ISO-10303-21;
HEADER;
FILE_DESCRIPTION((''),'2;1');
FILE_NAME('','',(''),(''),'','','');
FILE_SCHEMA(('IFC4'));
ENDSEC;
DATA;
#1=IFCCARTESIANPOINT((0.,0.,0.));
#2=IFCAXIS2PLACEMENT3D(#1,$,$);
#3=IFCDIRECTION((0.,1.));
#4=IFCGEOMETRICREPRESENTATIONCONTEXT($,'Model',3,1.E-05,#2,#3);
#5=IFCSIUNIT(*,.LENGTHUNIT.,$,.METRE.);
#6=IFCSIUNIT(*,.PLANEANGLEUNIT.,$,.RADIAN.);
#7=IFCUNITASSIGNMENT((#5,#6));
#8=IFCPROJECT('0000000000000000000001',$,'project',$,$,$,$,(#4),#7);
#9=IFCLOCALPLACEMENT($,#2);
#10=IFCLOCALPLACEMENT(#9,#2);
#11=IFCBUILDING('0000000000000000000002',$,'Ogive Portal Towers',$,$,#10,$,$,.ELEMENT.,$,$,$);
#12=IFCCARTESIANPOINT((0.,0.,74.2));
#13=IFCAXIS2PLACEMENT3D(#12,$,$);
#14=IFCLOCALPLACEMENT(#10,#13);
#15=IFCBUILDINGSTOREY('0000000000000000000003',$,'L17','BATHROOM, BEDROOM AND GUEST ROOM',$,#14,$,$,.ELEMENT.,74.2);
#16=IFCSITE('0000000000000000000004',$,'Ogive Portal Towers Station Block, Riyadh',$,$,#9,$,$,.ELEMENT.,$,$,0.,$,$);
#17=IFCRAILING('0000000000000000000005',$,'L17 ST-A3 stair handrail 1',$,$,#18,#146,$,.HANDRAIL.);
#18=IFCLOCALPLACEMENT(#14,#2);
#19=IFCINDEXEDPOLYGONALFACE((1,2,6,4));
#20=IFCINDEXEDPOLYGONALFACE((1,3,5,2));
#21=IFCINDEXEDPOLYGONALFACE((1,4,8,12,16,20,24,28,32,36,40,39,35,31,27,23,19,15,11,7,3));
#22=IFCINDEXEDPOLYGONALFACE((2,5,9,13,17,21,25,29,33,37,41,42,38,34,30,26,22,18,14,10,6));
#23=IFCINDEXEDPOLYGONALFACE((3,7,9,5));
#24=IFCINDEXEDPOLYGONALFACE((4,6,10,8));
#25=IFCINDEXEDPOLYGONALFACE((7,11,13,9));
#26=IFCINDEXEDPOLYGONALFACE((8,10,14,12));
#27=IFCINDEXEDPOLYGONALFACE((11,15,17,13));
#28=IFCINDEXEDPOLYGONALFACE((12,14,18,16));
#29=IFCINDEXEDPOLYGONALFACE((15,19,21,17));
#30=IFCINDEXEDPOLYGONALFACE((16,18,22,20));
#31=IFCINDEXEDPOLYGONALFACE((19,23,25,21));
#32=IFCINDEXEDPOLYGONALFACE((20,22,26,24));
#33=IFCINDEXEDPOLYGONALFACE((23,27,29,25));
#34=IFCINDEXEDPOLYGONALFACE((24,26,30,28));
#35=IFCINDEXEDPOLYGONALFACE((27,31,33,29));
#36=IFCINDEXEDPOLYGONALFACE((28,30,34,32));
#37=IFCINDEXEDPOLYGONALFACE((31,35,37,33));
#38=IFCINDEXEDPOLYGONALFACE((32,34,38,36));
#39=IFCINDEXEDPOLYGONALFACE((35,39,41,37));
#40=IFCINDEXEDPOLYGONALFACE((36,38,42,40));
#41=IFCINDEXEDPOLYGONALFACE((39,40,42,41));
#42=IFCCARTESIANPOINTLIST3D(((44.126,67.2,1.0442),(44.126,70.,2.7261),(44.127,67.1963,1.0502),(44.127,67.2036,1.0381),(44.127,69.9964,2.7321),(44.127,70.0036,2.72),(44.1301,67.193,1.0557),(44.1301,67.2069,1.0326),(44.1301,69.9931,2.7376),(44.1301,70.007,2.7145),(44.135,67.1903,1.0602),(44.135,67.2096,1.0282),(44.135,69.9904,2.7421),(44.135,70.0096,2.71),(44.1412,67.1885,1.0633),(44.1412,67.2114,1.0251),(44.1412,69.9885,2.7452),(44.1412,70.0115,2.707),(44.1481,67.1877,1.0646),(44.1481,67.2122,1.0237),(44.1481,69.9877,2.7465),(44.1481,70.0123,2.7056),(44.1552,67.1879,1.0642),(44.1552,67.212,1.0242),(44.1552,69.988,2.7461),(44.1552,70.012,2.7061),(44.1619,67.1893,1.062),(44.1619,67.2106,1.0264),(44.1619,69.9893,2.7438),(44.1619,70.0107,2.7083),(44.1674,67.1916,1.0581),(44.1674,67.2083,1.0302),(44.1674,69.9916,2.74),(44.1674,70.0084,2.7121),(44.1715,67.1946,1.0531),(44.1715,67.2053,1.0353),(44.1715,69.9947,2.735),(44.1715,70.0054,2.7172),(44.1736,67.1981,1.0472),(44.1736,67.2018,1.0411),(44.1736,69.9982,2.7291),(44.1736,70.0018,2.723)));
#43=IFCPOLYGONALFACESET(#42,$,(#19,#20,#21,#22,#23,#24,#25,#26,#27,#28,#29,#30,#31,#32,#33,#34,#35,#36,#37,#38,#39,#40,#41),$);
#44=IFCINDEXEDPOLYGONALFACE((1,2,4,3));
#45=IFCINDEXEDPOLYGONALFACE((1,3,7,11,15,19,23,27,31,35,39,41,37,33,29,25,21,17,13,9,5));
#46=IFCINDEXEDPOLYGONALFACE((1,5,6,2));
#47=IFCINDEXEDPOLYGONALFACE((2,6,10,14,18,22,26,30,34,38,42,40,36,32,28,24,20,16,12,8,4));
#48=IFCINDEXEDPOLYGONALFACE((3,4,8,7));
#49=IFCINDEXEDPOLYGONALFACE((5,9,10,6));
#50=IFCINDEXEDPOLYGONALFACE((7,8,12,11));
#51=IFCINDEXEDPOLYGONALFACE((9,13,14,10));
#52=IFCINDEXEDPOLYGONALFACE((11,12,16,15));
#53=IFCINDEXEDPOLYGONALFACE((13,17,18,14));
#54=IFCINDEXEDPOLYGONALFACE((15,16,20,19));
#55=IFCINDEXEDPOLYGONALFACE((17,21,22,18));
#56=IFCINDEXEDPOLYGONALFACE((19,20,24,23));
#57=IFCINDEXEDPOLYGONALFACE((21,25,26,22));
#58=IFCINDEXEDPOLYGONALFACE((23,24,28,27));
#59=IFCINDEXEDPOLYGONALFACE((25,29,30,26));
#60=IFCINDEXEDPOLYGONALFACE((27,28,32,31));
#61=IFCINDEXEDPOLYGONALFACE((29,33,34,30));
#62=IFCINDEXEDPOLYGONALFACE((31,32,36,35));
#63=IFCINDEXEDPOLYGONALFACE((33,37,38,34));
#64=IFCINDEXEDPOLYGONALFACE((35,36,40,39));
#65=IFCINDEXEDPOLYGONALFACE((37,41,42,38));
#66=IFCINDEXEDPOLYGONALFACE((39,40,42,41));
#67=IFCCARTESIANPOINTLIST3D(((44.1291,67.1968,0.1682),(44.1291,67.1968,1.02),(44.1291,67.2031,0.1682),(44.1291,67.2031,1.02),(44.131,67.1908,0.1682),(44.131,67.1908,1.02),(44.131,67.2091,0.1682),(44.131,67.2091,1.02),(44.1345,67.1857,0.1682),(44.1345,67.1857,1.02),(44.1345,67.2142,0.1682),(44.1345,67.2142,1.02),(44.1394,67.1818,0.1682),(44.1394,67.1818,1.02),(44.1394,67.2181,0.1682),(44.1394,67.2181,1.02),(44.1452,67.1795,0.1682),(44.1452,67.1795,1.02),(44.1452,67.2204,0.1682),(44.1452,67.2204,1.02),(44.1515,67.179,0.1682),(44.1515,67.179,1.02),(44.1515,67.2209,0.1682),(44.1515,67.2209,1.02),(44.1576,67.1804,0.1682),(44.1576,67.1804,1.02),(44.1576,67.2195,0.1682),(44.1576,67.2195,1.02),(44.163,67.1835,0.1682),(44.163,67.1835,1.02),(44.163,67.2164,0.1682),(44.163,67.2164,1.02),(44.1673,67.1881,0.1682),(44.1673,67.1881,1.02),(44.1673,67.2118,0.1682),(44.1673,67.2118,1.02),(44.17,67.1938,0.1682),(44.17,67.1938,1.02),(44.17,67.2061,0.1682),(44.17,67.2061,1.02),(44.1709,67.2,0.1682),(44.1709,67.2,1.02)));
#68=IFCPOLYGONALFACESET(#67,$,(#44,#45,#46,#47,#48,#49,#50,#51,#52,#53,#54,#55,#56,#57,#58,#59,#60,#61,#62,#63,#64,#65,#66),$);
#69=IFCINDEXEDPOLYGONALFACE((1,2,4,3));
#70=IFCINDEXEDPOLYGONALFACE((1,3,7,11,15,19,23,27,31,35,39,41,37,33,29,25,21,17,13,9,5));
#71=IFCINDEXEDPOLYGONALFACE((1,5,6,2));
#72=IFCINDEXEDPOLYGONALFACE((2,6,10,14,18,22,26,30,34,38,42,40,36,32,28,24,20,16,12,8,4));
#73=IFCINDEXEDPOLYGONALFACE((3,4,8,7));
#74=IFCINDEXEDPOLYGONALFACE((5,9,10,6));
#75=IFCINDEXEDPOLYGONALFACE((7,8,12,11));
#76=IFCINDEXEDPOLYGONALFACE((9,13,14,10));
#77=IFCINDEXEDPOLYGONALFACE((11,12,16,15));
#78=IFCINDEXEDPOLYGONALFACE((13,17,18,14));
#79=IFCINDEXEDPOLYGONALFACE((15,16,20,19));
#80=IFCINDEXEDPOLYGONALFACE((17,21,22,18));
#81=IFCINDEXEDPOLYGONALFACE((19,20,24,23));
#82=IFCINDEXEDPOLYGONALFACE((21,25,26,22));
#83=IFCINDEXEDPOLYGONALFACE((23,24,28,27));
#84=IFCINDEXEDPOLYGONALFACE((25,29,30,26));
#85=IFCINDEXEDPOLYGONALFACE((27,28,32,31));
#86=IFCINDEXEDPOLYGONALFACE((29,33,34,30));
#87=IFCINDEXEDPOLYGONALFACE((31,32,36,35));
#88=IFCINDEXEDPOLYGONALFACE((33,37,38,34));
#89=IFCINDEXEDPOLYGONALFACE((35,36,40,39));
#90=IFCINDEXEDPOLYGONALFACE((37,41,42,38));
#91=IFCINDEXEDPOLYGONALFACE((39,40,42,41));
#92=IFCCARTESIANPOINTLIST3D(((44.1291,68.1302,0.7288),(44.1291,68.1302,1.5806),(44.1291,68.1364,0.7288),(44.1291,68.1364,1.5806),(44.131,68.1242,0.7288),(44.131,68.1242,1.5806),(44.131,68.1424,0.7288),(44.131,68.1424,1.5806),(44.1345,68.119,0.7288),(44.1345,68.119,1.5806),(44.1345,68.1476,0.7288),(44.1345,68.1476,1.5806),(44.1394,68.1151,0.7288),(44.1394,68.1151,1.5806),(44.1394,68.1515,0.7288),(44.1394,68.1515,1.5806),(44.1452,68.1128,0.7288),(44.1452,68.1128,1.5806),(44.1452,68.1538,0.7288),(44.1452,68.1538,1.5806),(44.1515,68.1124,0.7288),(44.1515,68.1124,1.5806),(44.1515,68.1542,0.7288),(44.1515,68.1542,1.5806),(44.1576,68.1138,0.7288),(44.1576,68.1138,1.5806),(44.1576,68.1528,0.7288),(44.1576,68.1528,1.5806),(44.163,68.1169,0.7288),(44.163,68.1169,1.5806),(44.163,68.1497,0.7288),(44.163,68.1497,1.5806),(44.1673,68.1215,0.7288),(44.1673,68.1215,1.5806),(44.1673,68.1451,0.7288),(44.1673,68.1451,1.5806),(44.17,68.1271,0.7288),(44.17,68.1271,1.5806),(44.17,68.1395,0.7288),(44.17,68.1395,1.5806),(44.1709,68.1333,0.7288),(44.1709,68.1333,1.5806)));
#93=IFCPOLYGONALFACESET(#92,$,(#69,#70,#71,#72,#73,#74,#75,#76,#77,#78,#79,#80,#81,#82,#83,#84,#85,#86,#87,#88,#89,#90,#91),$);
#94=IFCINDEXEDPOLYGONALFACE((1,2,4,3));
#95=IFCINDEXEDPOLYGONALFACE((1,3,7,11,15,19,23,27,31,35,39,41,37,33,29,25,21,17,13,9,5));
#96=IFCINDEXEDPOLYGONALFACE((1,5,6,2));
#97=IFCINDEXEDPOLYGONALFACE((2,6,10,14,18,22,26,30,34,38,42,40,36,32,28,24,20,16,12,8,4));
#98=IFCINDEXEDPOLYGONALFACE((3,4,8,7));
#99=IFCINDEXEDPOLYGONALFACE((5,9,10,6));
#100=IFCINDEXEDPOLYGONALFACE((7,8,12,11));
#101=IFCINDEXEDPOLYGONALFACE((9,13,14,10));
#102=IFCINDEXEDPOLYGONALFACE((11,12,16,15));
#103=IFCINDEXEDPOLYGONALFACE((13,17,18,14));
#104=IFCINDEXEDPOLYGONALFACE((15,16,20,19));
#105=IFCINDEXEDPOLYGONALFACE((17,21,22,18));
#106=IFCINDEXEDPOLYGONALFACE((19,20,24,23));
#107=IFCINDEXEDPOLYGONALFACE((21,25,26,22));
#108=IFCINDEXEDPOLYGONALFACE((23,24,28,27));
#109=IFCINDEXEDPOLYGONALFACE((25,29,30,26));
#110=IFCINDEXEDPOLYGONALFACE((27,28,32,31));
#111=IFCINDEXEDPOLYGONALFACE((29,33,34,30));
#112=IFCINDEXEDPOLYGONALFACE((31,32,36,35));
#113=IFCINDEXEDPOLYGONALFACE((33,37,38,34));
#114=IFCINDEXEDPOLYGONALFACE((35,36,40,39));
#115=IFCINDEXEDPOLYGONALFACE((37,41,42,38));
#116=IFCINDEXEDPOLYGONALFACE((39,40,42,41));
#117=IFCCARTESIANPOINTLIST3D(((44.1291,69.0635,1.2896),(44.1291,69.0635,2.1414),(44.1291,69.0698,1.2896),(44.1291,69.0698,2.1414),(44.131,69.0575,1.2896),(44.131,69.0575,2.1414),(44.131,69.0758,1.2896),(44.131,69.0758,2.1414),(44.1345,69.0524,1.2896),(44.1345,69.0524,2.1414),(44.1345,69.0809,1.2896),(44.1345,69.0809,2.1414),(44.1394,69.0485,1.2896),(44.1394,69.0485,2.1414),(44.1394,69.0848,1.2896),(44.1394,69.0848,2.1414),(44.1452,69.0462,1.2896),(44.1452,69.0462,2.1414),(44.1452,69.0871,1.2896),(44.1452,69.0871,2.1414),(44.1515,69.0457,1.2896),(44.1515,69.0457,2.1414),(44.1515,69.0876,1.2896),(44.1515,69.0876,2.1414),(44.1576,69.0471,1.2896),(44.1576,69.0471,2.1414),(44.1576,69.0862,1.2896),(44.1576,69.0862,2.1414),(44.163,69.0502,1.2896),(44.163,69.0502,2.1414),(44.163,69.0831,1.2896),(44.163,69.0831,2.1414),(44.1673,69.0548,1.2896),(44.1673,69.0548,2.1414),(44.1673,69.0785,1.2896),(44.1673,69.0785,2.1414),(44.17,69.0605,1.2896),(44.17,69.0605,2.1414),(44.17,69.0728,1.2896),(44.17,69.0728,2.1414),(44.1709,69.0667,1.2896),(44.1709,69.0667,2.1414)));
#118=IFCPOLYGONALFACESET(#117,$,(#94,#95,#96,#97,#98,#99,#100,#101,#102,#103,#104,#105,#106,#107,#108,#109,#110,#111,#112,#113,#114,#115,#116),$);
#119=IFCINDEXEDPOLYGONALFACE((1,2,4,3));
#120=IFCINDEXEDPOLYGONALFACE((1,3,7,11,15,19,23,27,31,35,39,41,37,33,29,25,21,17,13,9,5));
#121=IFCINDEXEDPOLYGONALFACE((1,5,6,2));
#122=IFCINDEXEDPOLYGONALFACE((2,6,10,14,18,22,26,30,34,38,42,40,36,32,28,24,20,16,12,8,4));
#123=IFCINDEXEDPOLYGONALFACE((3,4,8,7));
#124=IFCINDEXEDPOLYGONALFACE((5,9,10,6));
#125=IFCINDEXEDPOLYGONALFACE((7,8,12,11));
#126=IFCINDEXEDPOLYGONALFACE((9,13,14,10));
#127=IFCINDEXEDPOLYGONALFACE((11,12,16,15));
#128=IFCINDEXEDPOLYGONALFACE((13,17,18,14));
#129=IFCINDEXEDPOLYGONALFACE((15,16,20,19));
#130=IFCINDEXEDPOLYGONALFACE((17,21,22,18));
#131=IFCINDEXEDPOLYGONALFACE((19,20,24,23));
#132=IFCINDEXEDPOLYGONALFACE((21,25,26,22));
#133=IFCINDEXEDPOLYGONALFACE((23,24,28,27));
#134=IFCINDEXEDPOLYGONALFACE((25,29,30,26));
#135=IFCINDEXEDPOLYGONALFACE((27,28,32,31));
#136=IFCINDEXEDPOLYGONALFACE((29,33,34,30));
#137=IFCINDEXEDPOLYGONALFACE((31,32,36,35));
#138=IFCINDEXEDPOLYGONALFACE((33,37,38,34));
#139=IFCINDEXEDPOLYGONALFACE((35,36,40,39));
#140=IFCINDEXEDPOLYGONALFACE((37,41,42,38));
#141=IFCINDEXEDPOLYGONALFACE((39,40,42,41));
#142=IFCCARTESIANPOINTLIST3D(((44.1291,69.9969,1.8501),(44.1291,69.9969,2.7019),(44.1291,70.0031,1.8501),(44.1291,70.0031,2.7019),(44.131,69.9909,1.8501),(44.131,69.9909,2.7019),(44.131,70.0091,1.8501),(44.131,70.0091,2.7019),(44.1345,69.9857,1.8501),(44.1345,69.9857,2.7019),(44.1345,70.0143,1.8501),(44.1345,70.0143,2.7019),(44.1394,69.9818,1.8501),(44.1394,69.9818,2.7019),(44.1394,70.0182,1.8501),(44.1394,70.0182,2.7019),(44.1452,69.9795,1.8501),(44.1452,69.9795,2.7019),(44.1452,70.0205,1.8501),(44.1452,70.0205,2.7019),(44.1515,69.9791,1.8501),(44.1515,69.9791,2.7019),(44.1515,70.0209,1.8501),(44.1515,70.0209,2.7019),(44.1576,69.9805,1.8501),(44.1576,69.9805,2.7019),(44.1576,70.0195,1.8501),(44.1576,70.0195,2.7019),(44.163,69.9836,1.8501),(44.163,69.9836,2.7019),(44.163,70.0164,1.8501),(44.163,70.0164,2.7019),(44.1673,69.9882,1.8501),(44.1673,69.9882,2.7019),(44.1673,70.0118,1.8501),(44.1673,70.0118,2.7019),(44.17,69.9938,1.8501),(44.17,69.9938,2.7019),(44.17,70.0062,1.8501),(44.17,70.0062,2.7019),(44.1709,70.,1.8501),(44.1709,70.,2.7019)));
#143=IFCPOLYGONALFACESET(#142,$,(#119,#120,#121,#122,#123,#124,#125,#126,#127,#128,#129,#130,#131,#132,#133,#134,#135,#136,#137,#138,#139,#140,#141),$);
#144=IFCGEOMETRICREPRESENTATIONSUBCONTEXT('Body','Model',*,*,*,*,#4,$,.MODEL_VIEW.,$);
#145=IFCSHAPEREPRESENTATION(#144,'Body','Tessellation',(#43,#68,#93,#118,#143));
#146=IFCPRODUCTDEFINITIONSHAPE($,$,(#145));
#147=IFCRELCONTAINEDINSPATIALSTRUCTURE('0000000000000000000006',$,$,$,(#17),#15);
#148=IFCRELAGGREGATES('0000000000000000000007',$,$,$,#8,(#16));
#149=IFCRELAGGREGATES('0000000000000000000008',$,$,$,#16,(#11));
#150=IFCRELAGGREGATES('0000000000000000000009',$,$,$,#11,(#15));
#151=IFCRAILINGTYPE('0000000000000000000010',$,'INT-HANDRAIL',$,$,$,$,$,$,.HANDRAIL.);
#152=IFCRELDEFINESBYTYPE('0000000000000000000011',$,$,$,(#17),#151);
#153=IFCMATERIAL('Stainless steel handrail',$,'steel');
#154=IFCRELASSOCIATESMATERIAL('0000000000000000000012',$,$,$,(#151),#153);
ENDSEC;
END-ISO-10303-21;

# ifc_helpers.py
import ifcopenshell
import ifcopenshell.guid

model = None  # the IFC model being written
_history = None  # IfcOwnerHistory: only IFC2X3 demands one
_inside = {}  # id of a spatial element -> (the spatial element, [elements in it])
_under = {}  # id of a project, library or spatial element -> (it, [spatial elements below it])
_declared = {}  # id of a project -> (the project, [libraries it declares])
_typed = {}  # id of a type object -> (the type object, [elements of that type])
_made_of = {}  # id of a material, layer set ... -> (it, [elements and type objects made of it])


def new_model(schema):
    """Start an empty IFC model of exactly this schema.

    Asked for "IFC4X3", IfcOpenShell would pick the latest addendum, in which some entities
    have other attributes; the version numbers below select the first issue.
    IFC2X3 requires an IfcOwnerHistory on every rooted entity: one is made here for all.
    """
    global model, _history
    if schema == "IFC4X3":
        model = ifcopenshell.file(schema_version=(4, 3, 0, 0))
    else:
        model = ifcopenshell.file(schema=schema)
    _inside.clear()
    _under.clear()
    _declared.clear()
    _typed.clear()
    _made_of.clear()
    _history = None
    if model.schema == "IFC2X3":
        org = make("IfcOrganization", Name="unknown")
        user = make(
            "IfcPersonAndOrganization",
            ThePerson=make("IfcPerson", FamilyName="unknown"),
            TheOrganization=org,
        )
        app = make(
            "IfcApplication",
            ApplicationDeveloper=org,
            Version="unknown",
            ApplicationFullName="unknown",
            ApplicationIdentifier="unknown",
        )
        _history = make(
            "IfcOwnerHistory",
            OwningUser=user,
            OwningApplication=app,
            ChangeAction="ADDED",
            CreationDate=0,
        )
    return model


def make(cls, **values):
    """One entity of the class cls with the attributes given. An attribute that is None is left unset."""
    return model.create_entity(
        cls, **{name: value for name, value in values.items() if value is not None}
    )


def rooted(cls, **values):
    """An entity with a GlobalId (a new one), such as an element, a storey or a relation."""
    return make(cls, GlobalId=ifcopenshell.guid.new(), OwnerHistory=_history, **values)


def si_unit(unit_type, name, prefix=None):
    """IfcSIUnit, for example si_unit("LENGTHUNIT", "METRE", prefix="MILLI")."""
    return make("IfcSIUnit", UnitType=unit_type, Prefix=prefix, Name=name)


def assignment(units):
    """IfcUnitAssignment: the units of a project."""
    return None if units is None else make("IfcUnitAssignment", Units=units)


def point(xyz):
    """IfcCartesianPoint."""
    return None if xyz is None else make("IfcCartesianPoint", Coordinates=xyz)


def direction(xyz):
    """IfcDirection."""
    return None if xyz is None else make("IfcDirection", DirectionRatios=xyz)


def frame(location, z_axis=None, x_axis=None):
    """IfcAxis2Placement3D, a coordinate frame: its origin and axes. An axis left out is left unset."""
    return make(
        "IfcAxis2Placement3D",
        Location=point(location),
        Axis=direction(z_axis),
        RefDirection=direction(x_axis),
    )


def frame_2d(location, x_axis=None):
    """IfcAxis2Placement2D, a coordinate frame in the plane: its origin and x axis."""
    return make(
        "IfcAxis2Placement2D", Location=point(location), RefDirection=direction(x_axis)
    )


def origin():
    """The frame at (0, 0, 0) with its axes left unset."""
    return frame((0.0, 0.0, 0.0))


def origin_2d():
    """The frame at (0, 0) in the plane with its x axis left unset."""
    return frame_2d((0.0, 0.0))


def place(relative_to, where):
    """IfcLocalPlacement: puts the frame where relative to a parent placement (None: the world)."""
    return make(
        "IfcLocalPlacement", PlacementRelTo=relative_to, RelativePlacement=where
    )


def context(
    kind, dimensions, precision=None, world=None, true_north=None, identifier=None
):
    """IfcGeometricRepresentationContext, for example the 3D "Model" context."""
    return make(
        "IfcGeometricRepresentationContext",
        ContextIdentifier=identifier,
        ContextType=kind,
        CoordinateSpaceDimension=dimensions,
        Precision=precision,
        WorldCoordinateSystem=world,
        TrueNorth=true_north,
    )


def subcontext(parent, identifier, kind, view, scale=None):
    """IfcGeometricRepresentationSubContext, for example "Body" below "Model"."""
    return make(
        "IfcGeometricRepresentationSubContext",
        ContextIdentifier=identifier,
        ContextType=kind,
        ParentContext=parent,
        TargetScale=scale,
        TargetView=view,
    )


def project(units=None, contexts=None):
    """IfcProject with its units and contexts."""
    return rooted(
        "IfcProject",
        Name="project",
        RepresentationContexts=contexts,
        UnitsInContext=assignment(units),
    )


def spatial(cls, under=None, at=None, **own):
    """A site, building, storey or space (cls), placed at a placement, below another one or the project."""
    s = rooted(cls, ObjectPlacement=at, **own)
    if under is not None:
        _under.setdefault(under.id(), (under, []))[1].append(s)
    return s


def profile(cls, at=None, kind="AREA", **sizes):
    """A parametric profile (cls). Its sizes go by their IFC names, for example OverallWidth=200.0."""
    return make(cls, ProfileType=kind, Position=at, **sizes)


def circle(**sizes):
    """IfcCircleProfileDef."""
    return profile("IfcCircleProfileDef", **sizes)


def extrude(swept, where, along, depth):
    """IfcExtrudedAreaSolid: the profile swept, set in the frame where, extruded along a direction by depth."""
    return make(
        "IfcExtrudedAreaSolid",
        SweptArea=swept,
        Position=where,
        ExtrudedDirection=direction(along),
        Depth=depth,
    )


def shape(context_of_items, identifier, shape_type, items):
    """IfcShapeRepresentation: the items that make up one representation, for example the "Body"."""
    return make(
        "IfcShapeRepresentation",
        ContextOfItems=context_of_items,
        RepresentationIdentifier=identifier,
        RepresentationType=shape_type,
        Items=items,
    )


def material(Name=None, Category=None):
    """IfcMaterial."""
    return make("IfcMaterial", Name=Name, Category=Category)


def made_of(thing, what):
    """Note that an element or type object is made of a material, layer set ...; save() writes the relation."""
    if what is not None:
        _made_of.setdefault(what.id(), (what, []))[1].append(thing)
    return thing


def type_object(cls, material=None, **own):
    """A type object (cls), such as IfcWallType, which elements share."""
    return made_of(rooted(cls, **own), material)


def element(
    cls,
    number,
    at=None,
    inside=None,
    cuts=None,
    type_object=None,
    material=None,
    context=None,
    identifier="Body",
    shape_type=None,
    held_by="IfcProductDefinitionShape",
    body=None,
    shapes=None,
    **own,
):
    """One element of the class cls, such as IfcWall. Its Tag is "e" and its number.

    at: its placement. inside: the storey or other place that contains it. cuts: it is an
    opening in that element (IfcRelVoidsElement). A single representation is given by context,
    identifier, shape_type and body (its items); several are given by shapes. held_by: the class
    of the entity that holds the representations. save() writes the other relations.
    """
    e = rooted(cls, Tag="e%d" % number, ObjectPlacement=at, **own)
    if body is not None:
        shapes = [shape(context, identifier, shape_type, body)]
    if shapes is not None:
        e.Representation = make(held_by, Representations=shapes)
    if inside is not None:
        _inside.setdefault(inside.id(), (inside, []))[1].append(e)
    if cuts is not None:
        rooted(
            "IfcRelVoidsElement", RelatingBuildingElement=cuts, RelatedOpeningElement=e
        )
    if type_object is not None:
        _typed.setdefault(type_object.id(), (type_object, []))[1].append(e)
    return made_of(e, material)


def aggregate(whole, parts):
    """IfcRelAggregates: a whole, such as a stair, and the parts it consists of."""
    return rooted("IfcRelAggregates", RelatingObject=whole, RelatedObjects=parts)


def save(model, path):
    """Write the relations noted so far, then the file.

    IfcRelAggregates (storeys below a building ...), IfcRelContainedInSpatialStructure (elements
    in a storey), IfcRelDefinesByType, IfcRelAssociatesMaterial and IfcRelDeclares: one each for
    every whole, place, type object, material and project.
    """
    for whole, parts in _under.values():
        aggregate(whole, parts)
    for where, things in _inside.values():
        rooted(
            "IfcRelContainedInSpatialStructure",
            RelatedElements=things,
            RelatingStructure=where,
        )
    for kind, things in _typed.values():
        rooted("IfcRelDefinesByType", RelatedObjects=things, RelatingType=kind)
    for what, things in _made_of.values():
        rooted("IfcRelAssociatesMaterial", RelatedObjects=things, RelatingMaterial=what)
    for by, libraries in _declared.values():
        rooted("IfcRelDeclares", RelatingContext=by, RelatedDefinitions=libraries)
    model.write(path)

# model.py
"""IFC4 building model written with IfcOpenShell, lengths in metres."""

from ifc_helpers import new_model, si_unit, direction, frame, origin, origin_2d, place, context, subcontext, project, spatial, circle, extrude, material, type_object, element, save


model = new_model("IFC4")

# Units and contexts
model_context = context("Model", 3, precision=1e-05, world=origin(), true_north=direction((0.0, 1.0)))
body_context = subcontext(model_context, "Body", "Model", "MODEL_VIEW")
ifc_project = project(units=[si_unit("LENGTHUNIT", "METRE"), si_unit("PLANEANGLEUNIT", "RADIAN")], contexts=[model_context])

# Site, building, storey
site_placement = place(None, origin())
site = spatial("IfcSite", under=ifc_project, at=site_placement, Name="Ogive Portal Towers Station Block, Riyadh", CompositionType="ELEMENT", RefElevation=0.0)
building_placement = place(site_placement, origin())
building = spatial("IfcBuilding", under=site, at=building_placement, Name="Ogive Portal Towers", CompositionType="ELEMENT")
storey_placement = place(building_placement, frame((0.0, 0.0, 74.2)))
storey = spatial("IfcBuildingStorey", under=building, at=storey_placement, Name="L17", Description="BATHROOM, BEDROOM AND GUEST ROOM", CompositionType="ELEMENT", Elevation=74.2)

# Railing
ifc_material_1 = material(Name="Stainless steel handrail", Category="steel")
railing_type_1 = type_object("IfcRailingType", Name="INT-HANDRAIL", PredefinedType="HANDRAIL", material=ifc_material_1)
railing_1_placement = place(storey_placement, frame((44.1499, 67.2, 0.1682)))
element("IfcRailing", 1, at=railing_1_placement, inside=storey, type_object=railing_type_1, Name="L17 ST-A3 stair handrail 1", PredefinedType="HANDRAIL", context=body_context, shape_type="SweptSolid", body=[
    extrude(circle(Radius=0.0239, at=origin_2d()), frame((0.0, 0.0, 0.876), z_axis=(0.0, 0.857242, 0.514913), x_axis=(-1.0, 0.0, 0.0)), (0.0, 0.0, 1.0), 3.2664),
    extrude(circle(Radius=0.021, at=origin_2d()), origin(), (0.0, 0.0, 1.0), 0.8518),
    extrude(circle(Radius=0.021, at=origin_2d()), frame((0.0, 0.9333, 0.5605)), (0.0, 0.0, 1.0), 0.8518),
    extrude(circle(Radius=0.021, at=origin_2d()), frame((0.0, 1.8667, 1.1213)), (0.0, 0.0, 1.0), 0.8518),
    extrude(circle(Radius=0.021, at=origin_2d()), frame((0.0, 2.8, 1.6819)), (0.0, 0.0, 1.0), 0.8518),
])

save(model, "model.ifc")
